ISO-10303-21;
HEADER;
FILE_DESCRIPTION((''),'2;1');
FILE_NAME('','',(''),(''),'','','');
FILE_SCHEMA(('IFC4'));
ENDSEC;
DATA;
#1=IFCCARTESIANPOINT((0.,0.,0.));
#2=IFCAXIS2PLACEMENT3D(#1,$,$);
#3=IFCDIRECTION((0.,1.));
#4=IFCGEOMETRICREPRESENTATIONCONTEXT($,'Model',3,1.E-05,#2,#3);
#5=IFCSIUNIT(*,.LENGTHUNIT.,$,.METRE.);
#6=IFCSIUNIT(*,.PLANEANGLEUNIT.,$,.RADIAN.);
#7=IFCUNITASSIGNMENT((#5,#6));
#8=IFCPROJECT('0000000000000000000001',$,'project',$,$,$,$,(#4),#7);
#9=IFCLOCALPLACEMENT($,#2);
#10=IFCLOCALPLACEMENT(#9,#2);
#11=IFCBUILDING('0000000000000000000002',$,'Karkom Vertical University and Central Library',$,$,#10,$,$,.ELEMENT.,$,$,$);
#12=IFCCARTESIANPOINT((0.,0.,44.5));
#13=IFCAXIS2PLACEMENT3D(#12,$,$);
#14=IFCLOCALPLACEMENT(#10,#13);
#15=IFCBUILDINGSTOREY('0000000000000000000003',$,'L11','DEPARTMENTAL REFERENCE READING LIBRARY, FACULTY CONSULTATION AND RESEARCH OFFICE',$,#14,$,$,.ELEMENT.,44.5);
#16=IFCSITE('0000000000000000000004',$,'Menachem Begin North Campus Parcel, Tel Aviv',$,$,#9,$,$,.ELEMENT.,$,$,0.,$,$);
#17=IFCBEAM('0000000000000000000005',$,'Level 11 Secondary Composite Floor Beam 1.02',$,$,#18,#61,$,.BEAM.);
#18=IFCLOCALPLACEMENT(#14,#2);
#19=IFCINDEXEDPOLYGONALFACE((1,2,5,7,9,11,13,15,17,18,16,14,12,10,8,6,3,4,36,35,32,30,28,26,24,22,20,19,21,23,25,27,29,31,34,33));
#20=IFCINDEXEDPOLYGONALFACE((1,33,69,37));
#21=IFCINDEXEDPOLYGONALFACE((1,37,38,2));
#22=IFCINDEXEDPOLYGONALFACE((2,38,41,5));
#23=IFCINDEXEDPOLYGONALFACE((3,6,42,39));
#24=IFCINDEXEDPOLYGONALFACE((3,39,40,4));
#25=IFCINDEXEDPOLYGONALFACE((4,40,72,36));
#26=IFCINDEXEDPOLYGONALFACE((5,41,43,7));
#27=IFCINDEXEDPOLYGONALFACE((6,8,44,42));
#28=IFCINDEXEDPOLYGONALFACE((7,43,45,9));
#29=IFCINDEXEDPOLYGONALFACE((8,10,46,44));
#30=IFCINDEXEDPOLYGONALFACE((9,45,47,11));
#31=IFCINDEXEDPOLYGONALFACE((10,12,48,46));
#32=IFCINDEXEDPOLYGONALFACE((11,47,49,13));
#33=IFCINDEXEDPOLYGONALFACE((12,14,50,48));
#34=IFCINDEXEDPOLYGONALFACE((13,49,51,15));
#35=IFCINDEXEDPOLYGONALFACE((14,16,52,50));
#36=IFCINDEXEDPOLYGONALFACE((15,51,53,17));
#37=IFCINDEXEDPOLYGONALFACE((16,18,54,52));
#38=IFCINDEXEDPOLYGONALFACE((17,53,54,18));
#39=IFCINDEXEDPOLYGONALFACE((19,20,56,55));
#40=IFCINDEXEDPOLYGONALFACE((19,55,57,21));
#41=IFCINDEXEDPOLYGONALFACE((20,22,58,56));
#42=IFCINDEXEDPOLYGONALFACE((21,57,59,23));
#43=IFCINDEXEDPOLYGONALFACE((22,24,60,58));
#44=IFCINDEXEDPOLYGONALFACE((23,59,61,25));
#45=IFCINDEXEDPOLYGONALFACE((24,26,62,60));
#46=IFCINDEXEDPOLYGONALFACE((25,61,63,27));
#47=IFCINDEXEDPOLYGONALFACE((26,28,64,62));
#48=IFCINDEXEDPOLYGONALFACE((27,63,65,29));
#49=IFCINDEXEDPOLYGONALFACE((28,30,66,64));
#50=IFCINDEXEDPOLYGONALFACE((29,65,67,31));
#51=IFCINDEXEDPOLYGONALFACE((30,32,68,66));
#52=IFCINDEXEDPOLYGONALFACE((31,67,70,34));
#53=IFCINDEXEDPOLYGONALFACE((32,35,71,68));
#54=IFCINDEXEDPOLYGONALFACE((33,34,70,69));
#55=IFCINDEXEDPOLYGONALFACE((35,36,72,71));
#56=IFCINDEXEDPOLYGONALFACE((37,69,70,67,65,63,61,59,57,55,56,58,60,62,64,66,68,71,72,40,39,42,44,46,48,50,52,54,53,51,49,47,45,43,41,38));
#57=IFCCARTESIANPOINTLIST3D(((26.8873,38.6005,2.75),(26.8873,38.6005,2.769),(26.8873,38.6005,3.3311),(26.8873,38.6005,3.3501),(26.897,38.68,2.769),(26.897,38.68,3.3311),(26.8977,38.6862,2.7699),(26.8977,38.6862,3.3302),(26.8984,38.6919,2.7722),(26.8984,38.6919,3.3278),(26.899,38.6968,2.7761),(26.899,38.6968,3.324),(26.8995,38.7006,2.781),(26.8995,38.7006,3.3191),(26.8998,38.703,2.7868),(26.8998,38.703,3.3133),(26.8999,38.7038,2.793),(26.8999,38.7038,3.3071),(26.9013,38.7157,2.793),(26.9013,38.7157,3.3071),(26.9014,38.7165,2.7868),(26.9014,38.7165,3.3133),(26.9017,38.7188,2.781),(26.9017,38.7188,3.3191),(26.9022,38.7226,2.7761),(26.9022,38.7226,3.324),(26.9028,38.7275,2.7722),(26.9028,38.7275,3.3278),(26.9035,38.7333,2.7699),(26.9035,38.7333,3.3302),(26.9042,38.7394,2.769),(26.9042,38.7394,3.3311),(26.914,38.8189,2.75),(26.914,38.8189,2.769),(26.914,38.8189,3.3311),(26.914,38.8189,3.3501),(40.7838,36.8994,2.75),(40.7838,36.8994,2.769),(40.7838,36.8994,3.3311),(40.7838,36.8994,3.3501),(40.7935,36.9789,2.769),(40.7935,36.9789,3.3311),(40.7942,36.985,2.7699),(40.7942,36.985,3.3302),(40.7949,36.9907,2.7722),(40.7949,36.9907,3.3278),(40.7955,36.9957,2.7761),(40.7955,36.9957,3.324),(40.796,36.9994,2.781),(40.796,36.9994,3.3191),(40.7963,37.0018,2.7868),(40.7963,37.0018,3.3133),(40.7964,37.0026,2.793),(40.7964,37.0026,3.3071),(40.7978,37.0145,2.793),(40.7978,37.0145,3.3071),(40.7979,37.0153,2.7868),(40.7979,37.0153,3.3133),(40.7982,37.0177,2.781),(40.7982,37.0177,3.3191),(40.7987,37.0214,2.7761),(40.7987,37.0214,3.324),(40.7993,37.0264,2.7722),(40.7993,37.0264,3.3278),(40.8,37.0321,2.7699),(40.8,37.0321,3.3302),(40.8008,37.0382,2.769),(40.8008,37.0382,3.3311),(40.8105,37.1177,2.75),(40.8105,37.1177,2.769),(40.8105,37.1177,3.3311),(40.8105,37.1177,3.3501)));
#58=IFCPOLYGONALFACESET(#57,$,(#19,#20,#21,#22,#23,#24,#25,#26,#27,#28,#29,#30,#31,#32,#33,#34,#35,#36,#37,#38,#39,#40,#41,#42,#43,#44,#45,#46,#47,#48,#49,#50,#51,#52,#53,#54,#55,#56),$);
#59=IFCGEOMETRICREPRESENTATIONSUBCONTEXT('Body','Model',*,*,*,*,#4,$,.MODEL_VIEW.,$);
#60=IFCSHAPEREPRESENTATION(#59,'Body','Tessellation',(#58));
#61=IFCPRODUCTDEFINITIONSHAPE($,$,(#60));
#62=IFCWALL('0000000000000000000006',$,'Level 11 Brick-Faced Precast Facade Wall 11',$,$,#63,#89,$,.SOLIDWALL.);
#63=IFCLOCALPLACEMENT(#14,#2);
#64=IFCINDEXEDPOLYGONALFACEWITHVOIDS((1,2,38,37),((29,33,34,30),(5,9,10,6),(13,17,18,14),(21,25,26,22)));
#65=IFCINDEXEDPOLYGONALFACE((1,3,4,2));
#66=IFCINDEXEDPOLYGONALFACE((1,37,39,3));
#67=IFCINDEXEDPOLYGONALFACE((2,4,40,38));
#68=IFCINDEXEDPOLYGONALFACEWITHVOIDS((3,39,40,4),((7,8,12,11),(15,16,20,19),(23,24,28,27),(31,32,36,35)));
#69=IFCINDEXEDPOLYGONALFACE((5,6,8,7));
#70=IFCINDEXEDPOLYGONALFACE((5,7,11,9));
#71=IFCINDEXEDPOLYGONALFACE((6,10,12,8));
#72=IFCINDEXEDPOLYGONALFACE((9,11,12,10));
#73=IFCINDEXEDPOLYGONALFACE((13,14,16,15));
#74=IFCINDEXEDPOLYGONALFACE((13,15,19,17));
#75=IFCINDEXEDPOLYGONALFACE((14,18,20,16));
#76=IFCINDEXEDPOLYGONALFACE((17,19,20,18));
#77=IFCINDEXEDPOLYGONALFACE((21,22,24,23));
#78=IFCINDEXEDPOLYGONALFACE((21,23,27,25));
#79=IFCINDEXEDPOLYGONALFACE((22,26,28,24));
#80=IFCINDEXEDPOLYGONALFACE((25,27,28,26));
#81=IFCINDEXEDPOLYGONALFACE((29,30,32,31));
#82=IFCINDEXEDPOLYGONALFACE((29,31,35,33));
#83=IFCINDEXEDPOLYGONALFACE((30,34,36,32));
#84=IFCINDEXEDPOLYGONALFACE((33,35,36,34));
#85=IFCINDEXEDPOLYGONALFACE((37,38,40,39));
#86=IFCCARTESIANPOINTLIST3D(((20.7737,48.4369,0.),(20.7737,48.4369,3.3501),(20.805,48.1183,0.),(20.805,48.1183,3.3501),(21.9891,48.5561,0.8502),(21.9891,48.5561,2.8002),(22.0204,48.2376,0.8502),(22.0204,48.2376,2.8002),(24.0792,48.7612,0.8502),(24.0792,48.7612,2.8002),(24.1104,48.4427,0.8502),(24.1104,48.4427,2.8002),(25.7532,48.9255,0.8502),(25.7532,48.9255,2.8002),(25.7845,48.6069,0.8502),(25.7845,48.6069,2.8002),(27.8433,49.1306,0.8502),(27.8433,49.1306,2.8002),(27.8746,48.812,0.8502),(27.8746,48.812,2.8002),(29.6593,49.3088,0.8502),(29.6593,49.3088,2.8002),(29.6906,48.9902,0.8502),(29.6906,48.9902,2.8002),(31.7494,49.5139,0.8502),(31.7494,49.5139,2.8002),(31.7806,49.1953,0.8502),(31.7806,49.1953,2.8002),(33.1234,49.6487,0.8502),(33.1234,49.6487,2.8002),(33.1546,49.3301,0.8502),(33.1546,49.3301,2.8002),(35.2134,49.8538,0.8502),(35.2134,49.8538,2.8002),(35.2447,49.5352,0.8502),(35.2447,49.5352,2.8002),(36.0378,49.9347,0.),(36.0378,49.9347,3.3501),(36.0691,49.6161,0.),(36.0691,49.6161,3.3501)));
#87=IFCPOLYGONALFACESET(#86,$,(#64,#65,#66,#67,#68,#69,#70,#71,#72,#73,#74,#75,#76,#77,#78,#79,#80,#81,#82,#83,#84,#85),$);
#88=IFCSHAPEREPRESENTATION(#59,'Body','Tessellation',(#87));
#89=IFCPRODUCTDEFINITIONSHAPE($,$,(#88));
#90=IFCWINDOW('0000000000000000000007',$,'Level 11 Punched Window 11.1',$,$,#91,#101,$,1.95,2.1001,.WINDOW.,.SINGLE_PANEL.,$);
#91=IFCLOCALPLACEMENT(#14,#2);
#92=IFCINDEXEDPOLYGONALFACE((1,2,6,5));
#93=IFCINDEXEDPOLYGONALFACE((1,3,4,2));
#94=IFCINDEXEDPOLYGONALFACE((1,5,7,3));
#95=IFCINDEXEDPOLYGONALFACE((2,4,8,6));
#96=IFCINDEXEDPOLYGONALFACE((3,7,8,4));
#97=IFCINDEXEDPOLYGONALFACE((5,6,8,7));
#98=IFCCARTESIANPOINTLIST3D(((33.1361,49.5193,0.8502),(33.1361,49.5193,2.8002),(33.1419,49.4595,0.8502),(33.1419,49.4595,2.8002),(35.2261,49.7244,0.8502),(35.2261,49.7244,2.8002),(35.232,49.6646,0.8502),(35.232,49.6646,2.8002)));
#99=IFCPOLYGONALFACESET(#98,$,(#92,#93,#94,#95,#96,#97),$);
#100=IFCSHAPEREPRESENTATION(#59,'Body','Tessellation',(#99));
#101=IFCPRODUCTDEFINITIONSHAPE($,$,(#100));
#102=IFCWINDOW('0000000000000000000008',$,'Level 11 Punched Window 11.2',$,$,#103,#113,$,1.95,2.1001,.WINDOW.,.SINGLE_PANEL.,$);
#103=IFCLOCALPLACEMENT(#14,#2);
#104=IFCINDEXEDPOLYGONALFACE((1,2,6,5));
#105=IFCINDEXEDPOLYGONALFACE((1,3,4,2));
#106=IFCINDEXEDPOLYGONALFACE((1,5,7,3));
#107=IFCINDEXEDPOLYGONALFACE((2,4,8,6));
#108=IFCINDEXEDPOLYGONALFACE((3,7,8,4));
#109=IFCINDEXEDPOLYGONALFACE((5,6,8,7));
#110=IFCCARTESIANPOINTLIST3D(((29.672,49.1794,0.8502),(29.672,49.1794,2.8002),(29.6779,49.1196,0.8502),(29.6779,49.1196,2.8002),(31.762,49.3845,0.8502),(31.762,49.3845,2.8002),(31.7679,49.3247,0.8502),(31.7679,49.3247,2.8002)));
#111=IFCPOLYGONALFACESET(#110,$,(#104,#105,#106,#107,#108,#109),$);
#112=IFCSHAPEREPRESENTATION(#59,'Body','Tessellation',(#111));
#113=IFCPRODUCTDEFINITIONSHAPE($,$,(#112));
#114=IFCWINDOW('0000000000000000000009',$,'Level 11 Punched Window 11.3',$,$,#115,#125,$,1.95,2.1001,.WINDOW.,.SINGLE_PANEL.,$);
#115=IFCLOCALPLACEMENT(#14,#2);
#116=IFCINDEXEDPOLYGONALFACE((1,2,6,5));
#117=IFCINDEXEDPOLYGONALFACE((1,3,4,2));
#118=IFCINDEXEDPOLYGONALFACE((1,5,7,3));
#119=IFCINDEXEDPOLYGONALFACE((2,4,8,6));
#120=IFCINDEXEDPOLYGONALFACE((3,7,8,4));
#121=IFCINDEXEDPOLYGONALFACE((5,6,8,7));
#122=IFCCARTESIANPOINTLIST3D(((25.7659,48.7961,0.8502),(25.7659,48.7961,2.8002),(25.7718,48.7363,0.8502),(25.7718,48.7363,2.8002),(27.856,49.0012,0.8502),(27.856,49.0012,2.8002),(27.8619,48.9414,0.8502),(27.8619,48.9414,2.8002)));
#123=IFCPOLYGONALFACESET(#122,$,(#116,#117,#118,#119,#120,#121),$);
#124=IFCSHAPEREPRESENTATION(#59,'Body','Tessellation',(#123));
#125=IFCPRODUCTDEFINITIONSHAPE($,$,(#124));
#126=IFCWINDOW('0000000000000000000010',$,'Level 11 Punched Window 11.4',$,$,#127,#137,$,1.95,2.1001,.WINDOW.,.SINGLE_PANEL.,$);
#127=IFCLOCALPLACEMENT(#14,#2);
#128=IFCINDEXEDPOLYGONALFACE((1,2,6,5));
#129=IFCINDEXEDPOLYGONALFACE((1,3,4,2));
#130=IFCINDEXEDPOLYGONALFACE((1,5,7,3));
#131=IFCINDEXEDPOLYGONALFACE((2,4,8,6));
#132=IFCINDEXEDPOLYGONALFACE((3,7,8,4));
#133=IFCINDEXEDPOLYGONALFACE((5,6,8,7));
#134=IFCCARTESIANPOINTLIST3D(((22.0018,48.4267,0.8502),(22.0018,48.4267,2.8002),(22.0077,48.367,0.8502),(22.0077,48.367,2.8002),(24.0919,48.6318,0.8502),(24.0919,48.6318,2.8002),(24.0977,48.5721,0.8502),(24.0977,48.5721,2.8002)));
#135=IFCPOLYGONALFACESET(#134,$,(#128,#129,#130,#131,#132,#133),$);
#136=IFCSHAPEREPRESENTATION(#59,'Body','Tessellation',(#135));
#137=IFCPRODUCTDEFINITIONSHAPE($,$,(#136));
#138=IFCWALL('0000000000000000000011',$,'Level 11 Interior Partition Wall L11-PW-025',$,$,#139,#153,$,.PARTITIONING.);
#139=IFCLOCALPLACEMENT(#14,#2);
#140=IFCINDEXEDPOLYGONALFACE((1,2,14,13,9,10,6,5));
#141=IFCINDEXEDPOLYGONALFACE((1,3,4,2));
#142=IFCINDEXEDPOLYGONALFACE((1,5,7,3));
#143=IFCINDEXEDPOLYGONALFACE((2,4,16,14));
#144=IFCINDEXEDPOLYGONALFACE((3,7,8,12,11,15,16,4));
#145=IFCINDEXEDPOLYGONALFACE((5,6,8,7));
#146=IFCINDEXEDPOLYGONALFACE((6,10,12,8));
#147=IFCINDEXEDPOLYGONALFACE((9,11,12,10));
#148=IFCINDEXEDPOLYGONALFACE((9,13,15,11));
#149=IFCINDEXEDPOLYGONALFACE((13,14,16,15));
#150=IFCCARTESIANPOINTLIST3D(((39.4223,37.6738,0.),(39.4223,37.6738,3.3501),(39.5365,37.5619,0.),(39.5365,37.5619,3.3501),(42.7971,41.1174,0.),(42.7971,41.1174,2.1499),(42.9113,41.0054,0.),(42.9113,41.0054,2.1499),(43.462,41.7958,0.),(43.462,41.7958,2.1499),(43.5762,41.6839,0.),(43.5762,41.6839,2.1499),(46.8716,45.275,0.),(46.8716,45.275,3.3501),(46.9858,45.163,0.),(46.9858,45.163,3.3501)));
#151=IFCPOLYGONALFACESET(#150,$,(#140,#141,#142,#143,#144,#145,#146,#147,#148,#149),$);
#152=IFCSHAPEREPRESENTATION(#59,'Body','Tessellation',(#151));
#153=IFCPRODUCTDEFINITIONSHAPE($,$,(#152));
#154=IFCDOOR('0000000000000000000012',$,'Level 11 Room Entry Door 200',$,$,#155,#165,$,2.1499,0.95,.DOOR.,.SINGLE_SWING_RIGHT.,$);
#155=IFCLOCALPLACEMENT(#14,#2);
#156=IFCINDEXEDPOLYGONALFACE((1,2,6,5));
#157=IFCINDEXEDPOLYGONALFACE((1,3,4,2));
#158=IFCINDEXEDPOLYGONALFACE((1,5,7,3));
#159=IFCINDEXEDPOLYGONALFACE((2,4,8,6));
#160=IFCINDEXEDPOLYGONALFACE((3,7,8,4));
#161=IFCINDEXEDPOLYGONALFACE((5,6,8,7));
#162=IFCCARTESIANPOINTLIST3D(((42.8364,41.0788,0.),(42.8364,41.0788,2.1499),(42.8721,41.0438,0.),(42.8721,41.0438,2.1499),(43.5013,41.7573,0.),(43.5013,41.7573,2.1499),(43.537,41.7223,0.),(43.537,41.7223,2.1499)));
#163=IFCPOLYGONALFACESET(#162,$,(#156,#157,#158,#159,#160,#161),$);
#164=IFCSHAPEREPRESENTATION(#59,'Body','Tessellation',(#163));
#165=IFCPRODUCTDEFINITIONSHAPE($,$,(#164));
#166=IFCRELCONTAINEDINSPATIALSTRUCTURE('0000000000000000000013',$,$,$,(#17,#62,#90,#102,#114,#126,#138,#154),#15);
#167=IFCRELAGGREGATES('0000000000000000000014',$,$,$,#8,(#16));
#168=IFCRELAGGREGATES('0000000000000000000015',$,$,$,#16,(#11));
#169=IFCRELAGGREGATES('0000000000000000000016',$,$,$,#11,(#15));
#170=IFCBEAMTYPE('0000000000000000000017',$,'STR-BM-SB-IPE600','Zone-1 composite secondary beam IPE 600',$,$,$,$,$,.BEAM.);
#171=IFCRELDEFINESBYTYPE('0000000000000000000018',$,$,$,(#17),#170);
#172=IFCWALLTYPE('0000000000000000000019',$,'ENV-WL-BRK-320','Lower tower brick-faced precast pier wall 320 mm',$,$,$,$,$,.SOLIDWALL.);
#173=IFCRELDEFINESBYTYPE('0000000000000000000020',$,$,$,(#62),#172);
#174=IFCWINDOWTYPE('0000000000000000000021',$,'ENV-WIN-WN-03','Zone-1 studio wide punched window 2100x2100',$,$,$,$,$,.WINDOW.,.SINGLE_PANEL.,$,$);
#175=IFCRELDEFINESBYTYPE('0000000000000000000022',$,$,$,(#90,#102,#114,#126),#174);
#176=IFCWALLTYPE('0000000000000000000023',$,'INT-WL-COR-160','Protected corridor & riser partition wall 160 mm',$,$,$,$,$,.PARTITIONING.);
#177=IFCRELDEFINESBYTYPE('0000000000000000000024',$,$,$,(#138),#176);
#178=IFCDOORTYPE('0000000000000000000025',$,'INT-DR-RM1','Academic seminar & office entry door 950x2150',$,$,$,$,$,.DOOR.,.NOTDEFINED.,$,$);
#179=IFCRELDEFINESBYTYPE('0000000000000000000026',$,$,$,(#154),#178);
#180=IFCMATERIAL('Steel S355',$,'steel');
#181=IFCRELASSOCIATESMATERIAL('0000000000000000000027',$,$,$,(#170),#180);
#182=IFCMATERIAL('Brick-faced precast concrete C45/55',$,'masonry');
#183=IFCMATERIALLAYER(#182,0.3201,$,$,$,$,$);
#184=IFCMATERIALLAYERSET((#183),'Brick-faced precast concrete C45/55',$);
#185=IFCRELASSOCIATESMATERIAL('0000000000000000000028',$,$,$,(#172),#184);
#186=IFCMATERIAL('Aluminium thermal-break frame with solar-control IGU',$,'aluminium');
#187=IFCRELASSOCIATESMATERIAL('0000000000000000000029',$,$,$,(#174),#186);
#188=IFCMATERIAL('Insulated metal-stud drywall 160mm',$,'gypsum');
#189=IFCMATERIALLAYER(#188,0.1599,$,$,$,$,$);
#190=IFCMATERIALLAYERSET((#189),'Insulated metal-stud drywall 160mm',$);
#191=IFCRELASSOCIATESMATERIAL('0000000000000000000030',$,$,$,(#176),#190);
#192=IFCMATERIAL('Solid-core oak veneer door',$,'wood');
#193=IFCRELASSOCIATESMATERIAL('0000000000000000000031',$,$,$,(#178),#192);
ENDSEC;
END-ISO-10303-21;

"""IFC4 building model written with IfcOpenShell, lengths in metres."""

from ifc_helpers import new_model, si_unit, direction, frame, frame_2d, origin, origin_with_axes, origin_2d, place, context, subcontext, project, spatial, rectangle, i_section, extrude, source, transform, mapped, material, layer, layer_set, material_profile, profile_set, type_object, element, fill, save


model = new_model("IFC4")

# Units and contexts
model_context = context("Model", 3, precision=1e-05, world=origin(), true_north=direction((0.0, 1.0)))
body_context = subcontext(model_context, "Body", "Model", "MODEL_VIEW")
ifc_project = project(units=[si_unit("LENGTHUNIT", "METRE"), si_unit("PLANEANGLEUNIT", "RADIAN")], contexts=[model_context])

# Site, building, storey
site_placement = place(None, origin())
site = spatial("IfcSite", under=ifc_project, at=site_placement, Name="Menachem Begin North Campus Parcel, Tel Aviv", CompositionType="ELEMENT", RefElevation=0.0)
building_placement = place(site_placement, origin())
building = spatial("IfcBuilding", under=site, at=building_placement, Name="Karkom Vertical University and Central Library", CompositionType="ELEMENT")
storey_placement = place(building_placement, frame((0.0, 0.0, 44.5)))
storey = spatial("IfcBuildingStorey", under=building, at=storey_placement, Name="L11", Description="DEPARTMENTAL REFERENCE READING LIBRARY, FACULTY CONSULTATION AND RESEARCH OFFICE", CompositionType="ELEMENT", Elevation=44.5)

# Beam
ifc_material_1 = material(Name="Steel S355", Category="steel")
ifc_material_profile = material_profile(ifc_material_1, i_section(OverallWidth=0.22, OverallDepth=0.6001, WebThickness=0.012, FlangeThickness=0.019, FilletRadius=0.0239, at=origin_2d()), Name="IPE 600")
ifc_profile_set = profile_set([ifc_material_profile], Name="Steel S355")
beam_type = type_object("IfcBeamType", Name="STR-BM-SB-IPE600", Description="Zone-1 composite secondary beam IPE 600", PredefinedType="BEAM", material=ifc_profile_set)
shared_shape_1 = source(origin_with_axes(), body_context, "Body", "SweptSolid", [
    extrude(i_section(OverallWidth=0.22, OverallDepth=0.6001, WebThickness=0.012, FlangeThickness=0.019, FilletRadius=0.0239, at=origin_2d()), origin(), (0.0, 0.0, 1.0), 14.0002),
])
beam_placement = place(storey_placement, frame((40.7971, 37.0085, 3.05), z_axis=(-0.99259, 0.12151, 0.0), x_axis=(-0.12151, -0.99259, 0.0)))
element("IfcBeam", 1, at=beam_placement, inside=storey, type_object=beam_type, Name="Level 11 Secondary Composite Floor Beam 1.02", PredefinedType="BEAM", context=body_context, shape_type="MappedRepresentation", body=[
    mapped(shared_shape_1, transform((0.0, 0.0, 0.0), scale=1.0)),
])

# Wall, openings, windows
ifc_material_2 = material(Name="Brick-faced precast concrete C45/55", Category="masonry")
ifc_layer_1 = layer(ifc_material_2, 0.3201)
ifc_layer_set_1 = layer_set([ifc_layer_1], Name="Brick-faced precast concrete C45/55")
wall_type_1 = type_object("IfcWallType", Name="ENV-WL-BRK-320", Description="Lower tower brick-faced precast pier wall 320 mm", PredefinedType="SOLIDWALL", material=ifc_layer_set_1)
wall_1_placement = place(storey_placement, frame((36.0535, 49.7754, 0.0), z_axis=(0.0, 0.0, 1.0), x_axis=(-0.99522, -0.097656, 0.0)))
wall_1 = element("IfcWall", 2, at=wall_1_placement, inside=storey, type_object=wall_type_1, Name="Level 11 Brick-Faced Precast Facade Wall 11", PredefinedType="SOLIDWALL", context=body_context, shape_type="SweptSolid", body=[
    extrude(rectangle(XDim=15.3374, YDim=0.3201, at=frame_2d((7.6687, 0.0))), origin(), (0.0, 0.0, 1.0), 3.3501),
])
opening_1_placement = place(wall_1_placement, frame((0.8284, 0.0, 0.8501)))
opening_1 = element("IfcOpeningElement", 3, at=opening_1_placement, cuts=wall_1, PredefinedType="OPENING", context=body_context, shape_type="SweptSolid", body=[
    extrude(rectangle(XDim=2.1001, YDim=1.95, at=frame_2d((1.05, 0.9751))), frame((0.0, 0.1699, 0.0), z_axis=(0.0, -1.0, 0.0), x_axis=(1.0, 0.0, 0.0)), (0.0, 0.0, 1.0), 0.3401),
])
opening_2_placement = place(wall_1_placement, frame((4.3091, 0.0, 0.8501)))
opening_2 = element("IfcOpeningElement", 4, at=opening_2_placement, cuts=wall_1, PredefinedType="OPENING", context=body_context, shape_type="SweptSolid", body=[
    extrude(rectangle(XDim=2.1001, YDim=1.95, at=frame_2d((1.05, 0.9751))), frame((0.0, 0.1699, 0.0), z_axis=(0.0, -1.0, 0.0), x_axis=(1.0, 0.0, 0.0)), (0.0, 0.0, 1.0), 0.3401),
])
opening_3_placement = place(wall_1_placement, frame((8.2339, 0.0, 0.8501)))
opening_3 = element("IfcOpeningElement", 5, at=opening_3_placement, cuts=wall_1, PredefinedType="OPENING", context=body_context, shape_type="SweptSolid", body=[
    extrude(rectangle(XDim=2.1001, YDim=1.95, at=frame_2d((1.05, 0.9751))), frame((0.0, 0.1699, 0.0), z_axis=(0.0, -1.0, 0.0), x_axis=(1.0, 0.0, 0.0)), (0.0, 0.0, 1.0), 0.3401),
])
opening_4_placement = place(wall_1_placement, frame((12.0161, 0.0, 0.8501)))
opening_4 = element("IfcOpeningElement", 6, at=opening_4_placement, cuts=wall_1, PredefinedType="OPENING", context=body_context, shape_type="SweptSolid", body=[
    extrude(rectangle(XDim=2.1001, YDim=1.95, at=frame_2d((1.05, 0.9751))), frame((0.0, 0.1699, 0.0), z_axis=(0.0, -1.0, 0.0), x_axis=(1.0, 0.0, 0.0)), (0.0, 0.0, 1.0), 0.3401),
])
ifc_material_3 = material(Name="Aluminium thermal-break frame with solar-control IGU", Category="aluminium")
window_type = type_object("IfcWindowType", Name="ENV-WIN-WN-03", Description="Zone-1 studio wide punched window 2100x2100", PartitioningType="SINGLE_PANEL", PredefinedType="WINDOW", material=ifc_material_3)
shared_shape_2 = source(origin_with_axes(), body_context, "Body", "SweptSolid", [
    extrude(rectangle(XDim=2.1001, YDim=1.95, at=frame_2d((1.05, 0.9751))), frame((0.0, 0.03, 0.0), z_axis=(0.0, -1.0, 0.0), x_axis=(1.0, 0.0, 0.0)), (0.0, 0.0, 1.0), 0.0601),
])
window_1_placement = place(opening_1_placement, origin())
window_1 = element("IfcWindow", 7, at=window_1_placement, inside=storey, type_object=window_type, Name="Level 11 Punched Window 11.1", OverallHeight=1.95, OverallWidth=2.1001, PartitioningType="SINGLE_PANEL", PredefinedType="WINDOW", context=body_context, shape_type="MappedRepresentation", body=[
    mapped(shared_shape_2, transform((0.0, 0.0, 0.0), scale=1.0)),
])
fill(opening_1, window_1)
window_2_placement = place(opening_2_placement, origin())
window_2 = element("IfcWindow", 8, at=window_2_placement, inside=storey, type_object=window_type, Name="Level 11 Punched Window 11.2", OverallHeight=1.95, OverallWidth=2.1001, PartitioningType="SINGLE_PANEL", PredefinedType="WINDOW", context=body_context, shape_type="MappedRepresentation", body=[
    mapped(shared_shape_2, transform((0.0, 0.0, 0.0), scale=1.0)),
])
fill(opening_2, window_2)
window_3_placement = place(opening_3_placement, origin())
window_3 = element("IfcWindow", 9, at=window_3_placement, inside=storey, type_object=window_type, Name="Level 11 Punched Window 11.3", OverallHeight=1.95, OverallWidth=2.1001, PartitioningType="SINGLE_PANEL", PredefinedType="WINDOW", context=body_context, shape_type="MappedRepresentation", body=[
    mapped(shared_shape_2, transform((0.0, 0.0, 0.0), scale=1.0)),
])
fill(opening_3, window_3)
window_4_placement = place(opening_4_placement, origin())
window_4 = element("IfcWindow", 10, at=window_4_placement, inside=storey, type_object=window_type, Name="Level 11 Punched Window 11.4", OverallHeight=1.95, OverallWidth=2.1001, PartitioningType="SINGLE_PANEL", PredefinedType="WINDOW", context=body_context, shape_type="MappedRepresentation", body=[
    mapped(shared_shape_2, transform((0.0, 0.0, 0.0), scale=1.0)),
])
fill(opening_4, window_4)

# Shared definitions
ifc_material_4 = material(Name="Insulated metal-stud drywall 160mm", Category="gypsum")
ifc_layer_2 = layer(ifc_material_4, 0.1599)
ifc_layer_set_2 = layer_set([ifc_layer_2], Name="Insulated metal-stud drywall 160mm")
wall_type_2 = type_object("IfcWallType", Name="INT-WL-COR-160", Description="Protected corridor & riser partition wall 160 mm", PredefinedType="PARTITIONING", material=ifc_layer_set_2)
ifc_material_5 = material(Name="Solid-core oak veneer door", Category="wood")
door_type_1 = type_object("IfcDoorType", Name="INT-DR-RM1", Description="Academic seminar & office entry door 950x2150", OperationType="NOTDEFINED", PredefinedType="DOOR", material=ifc_material_5)
shared_shape_3 = source(origin_with_axes(), body_context, "Body", "SweptSolid", [
    extrude(rectangle(XDim=0.95, YDim=2.1499, at=frame_2d((0.4751, 1.075))), frame((0.0, 0.0249, 0.0), z_axis=(0.0, -1.0, 0.0), x_axis=(1.0, 0.0, 0.0)), (0.0, 0.0, 1.0), 0.05),
])

# Wall, opening, door
wall_2_placement = place(storey_placement, frame((39.4795, 37.6179, 0.0), z_axis=(0.0, 0.0, 1.0), x_axis=(0.699937, 0.714205, 0.0)))
wall_2 = element("IfcWall", 11, at=wall_2_placement, inside=storey, type_object=wall_type_2, Name="Level 11 Interior Partition Wall L11-PW-025", PredefinedType="PARTITIONING", context=body_context, shape_type="SweptSolid", body=[
    extrude(rectangle(XDim=10.6428, YDim=0.1599, at=frame_2d((5.3213, 0.0))), origin(), (0.0, 0.0, 1.0), 3.3501),
])
opening_5_placement = place(wall_2_placement, frame((4.8213, 0.0, 0.0)))
opening_5 = element("IfcOpeningElement", 12, at=opening_5_placement, cuts=wall_2, PredefinedType="OPENING", context=body_context, shape_type="SweptSolid", body=[
    extrude(rectangle(XDim=0.95, YDim=2.1499, at=frame_2d((0.4751, 1.075))), frame((0.0, 0.0898, 0.0), z_axis=(0.0, -1.0, 0.0), x_axis=(1.0, 0.0, 0.0)), (0.0, 0.0, 1.0), 0.1799),
])
door_1_placement = place(opening_5_placement, origin())
door_1 = element("IfcDoor", 13, at=door_1_placement, inside=storey, type_object=door_type_1, Name="Level 11 Room Entry Door 200", OperationType="SINGLE_SWING_RIGHT", OverallHeight=2.1499, OverallWidth=0.95, PredefinedType="DOOR", context=body_context, shape_type="MappedRepresentation", body=[
    mapped(shared_shape_3, transform((0.0, 0.0, 0.0), scale=1.0)),
])
fill(opening_5, door_1)

save(model, "model.ifc")
